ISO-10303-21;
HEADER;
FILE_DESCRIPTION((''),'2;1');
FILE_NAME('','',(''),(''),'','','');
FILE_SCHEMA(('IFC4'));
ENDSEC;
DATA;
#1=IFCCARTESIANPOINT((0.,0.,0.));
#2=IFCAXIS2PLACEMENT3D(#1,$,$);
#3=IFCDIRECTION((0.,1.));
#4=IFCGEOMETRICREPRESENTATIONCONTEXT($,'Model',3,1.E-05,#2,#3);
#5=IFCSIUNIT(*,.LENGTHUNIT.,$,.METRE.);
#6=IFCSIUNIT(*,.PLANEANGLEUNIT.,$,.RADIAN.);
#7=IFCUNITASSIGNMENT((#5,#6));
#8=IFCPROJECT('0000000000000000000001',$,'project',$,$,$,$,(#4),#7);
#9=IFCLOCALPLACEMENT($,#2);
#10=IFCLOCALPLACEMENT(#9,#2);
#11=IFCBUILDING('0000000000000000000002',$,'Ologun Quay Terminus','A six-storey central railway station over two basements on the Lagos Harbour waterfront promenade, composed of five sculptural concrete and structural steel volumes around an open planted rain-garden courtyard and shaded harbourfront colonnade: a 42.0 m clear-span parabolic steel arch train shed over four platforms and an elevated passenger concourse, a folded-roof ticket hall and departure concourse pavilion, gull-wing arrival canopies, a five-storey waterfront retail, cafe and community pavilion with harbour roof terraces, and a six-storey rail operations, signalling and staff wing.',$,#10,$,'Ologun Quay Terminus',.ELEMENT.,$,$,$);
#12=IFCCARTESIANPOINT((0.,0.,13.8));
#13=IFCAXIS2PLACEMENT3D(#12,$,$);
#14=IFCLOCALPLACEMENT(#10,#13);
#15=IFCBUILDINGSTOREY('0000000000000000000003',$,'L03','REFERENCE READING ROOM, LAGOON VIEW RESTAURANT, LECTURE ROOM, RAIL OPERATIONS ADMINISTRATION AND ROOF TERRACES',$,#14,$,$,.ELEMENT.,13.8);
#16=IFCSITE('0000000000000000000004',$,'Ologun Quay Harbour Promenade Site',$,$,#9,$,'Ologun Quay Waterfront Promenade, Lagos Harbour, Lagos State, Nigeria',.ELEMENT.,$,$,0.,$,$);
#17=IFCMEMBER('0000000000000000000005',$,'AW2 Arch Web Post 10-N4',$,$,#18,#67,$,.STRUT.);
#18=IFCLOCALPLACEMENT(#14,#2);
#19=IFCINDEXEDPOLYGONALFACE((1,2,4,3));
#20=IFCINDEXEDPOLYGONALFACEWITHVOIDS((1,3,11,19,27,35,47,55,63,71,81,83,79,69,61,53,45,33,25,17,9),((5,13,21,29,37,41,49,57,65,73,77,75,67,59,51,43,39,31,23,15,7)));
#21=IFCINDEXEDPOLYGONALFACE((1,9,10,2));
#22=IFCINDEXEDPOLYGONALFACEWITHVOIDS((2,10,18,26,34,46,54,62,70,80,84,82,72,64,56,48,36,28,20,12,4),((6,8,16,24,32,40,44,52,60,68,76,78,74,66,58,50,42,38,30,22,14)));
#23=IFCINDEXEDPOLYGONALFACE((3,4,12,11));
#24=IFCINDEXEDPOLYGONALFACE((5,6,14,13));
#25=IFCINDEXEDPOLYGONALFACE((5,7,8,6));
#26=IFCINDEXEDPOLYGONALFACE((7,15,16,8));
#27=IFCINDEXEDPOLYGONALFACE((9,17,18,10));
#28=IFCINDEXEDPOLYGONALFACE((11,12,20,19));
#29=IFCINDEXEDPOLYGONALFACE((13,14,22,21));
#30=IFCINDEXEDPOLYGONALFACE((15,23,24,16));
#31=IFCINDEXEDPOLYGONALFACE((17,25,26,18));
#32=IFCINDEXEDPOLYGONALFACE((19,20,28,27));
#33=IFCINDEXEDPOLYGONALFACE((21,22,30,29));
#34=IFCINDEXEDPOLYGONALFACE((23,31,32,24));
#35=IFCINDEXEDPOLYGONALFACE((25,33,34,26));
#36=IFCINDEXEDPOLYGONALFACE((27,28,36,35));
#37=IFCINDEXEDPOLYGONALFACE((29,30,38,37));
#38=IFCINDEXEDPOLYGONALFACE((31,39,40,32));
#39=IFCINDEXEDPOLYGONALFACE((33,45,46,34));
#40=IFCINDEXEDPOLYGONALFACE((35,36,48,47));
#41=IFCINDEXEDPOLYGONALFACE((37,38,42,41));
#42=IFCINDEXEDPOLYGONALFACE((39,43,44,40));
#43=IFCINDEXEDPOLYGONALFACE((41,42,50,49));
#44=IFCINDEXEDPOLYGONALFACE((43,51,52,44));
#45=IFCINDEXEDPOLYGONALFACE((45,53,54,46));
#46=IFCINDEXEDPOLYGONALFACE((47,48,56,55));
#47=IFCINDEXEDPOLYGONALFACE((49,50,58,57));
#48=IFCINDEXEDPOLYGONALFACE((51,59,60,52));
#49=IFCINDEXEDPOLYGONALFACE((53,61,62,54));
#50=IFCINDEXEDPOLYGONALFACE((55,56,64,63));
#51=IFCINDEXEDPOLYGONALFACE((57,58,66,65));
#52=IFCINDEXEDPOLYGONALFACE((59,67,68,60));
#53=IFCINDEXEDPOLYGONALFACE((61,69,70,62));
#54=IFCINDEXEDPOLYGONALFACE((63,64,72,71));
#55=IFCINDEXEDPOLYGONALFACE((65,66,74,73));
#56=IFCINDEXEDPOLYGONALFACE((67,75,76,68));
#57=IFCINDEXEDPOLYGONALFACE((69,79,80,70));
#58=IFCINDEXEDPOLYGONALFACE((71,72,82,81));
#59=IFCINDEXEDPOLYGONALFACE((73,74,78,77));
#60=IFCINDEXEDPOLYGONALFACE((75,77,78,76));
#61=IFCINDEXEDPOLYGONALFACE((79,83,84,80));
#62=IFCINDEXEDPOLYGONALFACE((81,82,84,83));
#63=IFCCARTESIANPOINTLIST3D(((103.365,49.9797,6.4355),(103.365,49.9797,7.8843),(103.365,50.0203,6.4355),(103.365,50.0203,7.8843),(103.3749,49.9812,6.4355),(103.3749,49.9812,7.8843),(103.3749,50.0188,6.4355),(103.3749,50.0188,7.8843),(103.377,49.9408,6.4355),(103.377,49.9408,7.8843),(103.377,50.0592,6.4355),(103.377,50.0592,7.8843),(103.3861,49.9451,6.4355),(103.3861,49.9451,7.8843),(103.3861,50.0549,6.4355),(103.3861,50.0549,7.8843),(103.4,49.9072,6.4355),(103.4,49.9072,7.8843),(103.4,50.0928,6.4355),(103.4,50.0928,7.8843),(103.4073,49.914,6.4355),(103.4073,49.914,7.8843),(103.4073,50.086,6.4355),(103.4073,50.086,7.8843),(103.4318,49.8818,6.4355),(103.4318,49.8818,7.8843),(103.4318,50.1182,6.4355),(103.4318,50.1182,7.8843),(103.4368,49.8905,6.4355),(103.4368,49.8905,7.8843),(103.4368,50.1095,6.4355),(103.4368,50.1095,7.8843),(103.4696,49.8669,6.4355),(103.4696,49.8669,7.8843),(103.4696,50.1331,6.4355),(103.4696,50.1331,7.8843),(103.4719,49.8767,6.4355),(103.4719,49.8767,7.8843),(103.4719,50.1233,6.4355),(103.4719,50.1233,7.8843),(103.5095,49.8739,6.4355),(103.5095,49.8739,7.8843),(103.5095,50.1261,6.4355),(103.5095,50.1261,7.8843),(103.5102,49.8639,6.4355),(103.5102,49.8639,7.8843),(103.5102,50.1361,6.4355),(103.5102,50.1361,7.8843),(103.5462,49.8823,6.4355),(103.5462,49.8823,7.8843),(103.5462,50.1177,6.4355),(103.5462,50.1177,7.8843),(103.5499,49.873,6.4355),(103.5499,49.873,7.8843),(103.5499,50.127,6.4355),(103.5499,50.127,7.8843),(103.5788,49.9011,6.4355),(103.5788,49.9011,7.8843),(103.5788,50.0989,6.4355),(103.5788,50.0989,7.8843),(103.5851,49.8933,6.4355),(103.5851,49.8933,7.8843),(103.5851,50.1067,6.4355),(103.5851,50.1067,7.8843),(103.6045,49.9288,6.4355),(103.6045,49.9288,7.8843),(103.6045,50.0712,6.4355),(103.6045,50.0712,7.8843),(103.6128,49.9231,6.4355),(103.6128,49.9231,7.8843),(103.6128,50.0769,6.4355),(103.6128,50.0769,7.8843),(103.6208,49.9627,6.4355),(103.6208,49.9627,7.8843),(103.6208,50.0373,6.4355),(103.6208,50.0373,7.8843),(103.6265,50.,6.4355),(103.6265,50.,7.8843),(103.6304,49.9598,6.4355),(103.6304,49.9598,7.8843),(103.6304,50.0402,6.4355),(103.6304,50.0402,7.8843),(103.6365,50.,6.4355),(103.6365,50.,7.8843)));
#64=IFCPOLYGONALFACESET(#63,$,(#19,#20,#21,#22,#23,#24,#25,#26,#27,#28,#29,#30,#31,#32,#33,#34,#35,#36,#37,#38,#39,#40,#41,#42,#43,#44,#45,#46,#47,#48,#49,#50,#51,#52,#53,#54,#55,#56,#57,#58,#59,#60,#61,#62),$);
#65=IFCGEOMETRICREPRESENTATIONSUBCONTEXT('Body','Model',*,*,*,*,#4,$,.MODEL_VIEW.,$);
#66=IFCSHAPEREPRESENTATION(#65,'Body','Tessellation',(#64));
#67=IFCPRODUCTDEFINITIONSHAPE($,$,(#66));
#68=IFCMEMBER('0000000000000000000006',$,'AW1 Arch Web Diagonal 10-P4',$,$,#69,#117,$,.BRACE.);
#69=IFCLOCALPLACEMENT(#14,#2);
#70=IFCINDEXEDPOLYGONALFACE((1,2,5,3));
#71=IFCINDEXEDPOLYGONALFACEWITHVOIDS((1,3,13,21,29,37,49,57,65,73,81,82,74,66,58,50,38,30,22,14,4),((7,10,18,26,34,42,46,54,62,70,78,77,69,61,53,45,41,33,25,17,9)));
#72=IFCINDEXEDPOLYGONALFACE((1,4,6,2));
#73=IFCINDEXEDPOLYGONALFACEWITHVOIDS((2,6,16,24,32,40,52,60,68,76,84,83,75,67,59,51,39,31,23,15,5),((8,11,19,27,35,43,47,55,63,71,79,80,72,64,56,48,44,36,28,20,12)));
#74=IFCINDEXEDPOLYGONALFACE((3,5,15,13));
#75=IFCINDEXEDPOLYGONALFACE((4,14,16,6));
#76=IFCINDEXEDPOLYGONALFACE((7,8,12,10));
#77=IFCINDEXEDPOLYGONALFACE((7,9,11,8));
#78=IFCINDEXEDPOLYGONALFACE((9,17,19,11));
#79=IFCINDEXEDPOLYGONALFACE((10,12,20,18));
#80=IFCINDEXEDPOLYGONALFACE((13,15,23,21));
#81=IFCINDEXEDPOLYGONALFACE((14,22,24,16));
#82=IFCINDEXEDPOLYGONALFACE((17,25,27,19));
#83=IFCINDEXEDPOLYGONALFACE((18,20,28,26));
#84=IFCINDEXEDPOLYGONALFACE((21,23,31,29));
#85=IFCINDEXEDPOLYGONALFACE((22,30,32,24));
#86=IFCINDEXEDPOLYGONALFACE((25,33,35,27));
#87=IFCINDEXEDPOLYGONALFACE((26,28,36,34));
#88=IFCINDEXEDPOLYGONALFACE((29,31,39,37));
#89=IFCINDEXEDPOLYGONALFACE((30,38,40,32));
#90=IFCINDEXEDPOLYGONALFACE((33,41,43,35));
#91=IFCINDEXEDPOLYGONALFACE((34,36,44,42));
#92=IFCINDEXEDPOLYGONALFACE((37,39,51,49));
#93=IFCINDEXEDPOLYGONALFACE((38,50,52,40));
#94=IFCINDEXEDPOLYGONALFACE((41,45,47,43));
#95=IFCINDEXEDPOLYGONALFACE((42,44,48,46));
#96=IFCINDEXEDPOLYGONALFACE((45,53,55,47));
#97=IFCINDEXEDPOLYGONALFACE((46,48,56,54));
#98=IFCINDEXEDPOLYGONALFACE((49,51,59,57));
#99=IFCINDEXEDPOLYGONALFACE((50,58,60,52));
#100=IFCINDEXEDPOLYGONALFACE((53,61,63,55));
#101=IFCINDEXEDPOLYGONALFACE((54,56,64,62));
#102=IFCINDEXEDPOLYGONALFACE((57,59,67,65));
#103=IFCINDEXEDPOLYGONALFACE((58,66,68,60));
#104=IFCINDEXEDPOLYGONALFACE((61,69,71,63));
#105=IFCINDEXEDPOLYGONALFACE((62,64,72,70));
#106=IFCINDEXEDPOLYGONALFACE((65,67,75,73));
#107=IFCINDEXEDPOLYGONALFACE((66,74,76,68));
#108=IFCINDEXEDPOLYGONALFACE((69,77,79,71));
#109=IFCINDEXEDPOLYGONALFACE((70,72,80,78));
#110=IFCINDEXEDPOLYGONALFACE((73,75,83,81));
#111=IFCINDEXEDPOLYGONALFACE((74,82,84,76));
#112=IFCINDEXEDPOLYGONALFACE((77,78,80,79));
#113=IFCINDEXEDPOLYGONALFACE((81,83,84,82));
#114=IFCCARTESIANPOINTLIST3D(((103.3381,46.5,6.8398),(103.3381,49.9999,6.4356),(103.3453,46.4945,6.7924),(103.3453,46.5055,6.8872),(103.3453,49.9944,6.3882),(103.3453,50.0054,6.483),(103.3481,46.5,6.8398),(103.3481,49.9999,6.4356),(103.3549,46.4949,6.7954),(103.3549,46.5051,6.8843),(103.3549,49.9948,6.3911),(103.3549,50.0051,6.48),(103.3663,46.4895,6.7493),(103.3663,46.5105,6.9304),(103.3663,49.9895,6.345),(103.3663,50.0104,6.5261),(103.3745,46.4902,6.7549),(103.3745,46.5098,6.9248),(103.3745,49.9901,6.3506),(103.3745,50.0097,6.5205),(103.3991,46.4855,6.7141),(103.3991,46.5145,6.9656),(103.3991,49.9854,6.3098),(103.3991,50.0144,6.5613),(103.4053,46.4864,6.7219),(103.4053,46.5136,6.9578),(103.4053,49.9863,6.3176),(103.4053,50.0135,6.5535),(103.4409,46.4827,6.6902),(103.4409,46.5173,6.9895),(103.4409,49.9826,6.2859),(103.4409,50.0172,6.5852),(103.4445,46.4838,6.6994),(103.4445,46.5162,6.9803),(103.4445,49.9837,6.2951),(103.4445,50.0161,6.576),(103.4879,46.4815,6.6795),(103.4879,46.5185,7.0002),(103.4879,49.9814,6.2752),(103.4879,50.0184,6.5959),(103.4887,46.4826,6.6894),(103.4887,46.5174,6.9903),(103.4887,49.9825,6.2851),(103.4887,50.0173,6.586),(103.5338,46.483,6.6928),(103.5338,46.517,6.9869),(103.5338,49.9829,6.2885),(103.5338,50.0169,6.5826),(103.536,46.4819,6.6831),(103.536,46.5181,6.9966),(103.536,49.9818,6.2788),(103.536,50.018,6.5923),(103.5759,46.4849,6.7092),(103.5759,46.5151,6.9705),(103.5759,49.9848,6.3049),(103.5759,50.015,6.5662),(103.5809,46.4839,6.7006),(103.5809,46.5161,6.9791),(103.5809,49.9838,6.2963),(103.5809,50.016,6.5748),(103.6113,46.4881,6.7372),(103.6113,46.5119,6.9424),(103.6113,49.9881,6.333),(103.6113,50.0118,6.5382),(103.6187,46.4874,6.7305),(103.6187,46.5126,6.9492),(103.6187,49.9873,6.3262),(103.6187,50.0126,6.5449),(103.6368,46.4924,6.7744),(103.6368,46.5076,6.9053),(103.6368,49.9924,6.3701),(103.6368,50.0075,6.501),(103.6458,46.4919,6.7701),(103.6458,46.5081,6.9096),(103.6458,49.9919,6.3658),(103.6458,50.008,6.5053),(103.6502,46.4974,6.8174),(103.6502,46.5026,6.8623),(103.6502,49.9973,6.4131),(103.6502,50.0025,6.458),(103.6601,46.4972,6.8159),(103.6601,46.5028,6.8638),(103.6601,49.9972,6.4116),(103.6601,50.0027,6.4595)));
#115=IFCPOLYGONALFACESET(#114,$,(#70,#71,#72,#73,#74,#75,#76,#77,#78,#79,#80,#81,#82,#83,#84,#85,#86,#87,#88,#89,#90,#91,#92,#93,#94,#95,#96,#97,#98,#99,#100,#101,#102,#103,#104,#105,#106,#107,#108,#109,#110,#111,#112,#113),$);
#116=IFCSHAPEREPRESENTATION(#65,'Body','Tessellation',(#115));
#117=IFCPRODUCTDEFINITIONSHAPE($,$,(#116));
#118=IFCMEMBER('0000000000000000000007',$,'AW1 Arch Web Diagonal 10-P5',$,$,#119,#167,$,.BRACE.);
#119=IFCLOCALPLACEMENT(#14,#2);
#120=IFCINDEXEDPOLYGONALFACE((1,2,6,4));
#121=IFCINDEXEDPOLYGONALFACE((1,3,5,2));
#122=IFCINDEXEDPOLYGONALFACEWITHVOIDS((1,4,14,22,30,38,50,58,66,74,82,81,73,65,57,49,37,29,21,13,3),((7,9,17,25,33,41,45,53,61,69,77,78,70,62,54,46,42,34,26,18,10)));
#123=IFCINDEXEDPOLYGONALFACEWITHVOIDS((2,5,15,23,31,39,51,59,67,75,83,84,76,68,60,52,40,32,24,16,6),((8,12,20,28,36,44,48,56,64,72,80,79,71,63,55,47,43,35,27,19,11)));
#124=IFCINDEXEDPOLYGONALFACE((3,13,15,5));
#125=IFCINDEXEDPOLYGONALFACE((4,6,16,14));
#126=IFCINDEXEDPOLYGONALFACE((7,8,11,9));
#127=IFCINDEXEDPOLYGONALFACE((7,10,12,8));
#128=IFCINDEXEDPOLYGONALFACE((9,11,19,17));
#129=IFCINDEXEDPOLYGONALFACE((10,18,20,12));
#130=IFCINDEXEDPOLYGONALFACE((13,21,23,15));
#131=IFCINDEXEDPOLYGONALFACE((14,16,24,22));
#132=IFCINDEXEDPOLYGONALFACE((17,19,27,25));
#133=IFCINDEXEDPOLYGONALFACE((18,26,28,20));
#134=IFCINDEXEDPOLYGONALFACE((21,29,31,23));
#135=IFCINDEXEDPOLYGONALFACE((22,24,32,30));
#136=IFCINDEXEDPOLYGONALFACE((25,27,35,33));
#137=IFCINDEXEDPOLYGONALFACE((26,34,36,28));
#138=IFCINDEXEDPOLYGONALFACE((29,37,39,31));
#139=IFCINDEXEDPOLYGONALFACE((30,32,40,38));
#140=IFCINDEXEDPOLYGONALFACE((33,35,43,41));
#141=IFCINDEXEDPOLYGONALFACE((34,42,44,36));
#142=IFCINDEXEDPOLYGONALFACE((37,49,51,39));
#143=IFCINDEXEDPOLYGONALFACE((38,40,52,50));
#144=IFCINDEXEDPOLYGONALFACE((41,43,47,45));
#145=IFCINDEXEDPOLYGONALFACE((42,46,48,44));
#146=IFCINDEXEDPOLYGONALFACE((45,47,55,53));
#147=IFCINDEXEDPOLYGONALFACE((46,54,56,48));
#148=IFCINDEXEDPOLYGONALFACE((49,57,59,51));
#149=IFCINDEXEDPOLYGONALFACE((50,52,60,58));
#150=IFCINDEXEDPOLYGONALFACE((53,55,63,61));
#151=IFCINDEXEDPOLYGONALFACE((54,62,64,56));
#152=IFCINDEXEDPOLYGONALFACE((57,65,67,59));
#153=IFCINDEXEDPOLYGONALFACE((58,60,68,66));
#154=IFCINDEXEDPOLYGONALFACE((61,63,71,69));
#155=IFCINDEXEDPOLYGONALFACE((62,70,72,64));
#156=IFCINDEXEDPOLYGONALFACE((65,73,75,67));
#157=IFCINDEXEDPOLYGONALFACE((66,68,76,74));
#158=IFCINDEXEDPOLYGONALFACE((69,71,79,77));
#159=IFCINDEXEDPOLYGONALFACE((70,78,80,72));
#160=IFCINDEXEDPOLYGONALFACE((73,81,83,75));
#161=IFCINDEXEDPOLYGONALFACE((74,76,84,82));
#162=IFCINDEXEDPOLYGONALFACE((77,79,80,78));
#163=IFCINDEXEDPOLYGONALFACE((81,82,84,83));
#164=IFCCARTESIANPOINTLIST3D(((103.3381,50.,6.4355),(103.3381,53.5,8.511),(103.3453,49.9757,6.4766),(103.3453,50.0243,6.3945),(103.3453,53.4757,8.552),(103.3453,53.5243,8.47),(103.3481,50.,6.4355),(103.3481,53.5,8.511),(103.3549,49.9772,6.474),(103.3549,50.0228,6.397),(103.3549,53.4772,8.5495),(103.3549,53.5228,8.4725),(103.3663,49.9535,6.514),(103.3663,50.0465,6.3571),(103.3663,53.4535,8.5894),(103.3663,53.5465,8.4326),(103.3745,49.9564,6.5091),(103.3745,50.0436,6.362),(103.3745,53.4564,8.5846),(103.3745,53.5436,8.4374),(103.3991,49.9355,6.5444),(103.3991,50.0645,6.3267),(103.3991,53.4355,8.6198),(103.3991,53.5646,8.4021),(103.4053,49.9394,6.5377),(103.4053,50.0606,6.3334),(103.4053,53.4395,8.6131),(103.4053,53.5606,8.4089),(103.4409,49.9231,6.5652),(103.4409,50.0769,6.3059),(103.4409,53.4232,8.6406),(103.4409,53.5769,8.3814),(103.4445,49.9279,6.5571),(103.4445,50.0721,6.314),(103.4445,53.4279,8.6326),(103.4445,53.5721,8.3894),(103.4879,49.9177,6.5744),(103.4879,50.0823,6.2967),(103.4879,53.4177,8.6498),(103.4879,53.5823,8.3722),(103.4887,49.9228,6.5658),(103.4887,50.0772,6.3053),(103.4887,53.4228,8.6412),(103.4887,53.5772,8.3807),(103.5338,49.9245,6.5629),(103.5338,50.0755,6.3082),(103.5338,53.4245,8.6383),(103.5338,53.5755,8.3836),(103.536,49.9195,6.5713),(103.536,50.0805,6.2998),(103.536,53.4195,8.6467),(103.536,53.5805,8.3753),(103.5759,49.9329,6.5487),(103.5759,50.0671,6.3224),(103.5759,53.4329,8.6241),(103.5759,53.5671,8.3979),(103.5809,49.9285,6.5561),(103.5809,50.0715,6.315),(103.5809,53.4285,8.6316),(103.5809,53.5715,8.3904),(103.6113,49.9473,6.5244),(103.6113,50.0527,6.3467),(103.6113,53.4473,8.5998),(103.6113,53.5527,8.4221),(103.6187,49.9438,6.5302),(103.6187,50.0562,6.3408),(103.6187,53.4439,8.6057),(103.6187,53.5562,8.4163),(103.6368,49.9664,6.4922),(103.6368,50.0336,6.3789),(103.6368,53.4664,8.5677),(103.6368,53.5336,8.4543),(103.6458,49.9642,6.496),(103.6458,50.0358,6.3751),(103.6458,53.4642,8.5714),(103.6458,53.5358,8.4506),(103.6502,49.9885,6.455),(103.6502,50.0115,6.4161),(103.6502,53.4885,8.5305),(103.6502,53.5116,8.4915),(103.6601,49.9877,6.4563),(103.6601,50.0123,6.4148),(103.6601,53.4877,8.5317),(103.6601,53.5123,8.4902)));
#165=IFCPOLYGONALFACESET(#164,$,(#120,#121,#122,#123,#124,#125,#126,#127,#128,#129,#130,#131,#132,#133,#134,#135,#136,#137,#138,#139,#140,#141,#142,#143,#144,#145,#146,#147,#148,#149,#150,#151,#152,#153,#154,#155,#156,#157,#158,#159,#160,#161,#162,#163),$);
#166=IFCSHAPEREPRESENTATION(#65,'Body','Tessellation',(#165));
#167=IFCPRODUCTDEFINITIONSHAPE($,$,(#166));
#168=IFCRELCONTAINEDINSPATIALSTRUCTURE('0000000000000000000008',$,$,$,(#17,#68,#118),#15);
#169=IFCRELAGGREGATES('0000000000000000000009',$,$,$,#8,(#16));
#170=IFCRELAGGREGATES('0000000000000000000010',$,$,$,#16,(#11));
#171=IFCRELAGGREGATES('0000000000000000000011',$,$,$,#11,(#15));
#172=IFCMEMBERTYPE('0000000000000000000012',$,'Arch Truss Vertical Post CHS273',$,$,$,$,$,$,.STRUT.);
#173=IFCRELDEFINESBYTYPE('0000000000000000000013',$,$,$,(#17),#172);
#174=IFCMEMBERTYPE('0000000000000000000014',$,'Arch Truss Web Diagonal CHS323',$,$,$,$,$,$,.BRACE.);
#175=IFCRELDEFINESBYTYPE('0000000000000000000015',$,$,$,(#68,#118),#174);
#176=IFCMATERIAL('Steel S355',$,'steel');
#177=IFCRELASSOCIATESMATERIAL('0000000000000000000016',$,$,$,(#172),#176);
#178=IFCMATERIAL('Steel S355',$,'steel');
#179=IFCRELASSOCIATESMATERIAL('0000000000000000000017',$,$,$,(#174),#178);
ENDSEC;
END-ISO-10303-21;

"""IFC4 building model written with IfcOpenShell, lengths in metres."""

from ifc_helpers import new_model, si_unit, direction, frame, origin, origin_2d, place, context, subcontext, project, spatial, hollow_circle, extrude, material, material_profile, profile_set, type_object, element, save


model = new_model("IFC4")

# Units and contexts
model_context = context("Model", 3, precision=1e-05, world=origin(), true_north=direction((0.0, 1.0)))
body_context = subcontext(model_context, "Body", "Model", "MODEL_VIEW")
ifc_project = project(units=[si_unit("LENGTHUNIT", "METRE"), si_unit("PLANEANGLEUNIT", "RADIAN")], contexts=[model_context])

# Site, building, storey
site_placement = place(None, origin())
site = spatial("IfcSite", under=ifc_project, at=site_placement, Name="Ologun Quay Harbour Promenade Site", LongName="Ologun Quay Waterfront Promenade, Lagos Harbour, Lagos State, Nigeria", CompositionType="ELEMENT", RefElevation=0.0)
building_placement = place(site_placement, origin())
building = spatial("IfcBuilding", under=site, at=building_placement, Name="Ologun Quay Terminus", Description="A six-storey central railway station over two basements on the Lagos Harbour waterfront promenade, composed of five sculptural concrete and structural steel volumes around an open planted rain-garden courtyard and shaded harbourfront colonnade: a 42.0 m clear-span parabolic steel arch train shed over four platforms and an elevated passenger concourse, a folded-roof ticket hall and departure concourse pavilion, gull-wing arrival canopies, a five-storey waterfront retail, cafe and community pavilion with harbour roof terraces, and a six-storey rail operations, signalling and staff wing.", LongName="Ologun Quay Terminus", CompositionType="ELEMENT")
storey_placement = place(building_placement, frame((0.0, 0.0, 13.8)))
storey = spatial("IfcBuildingStorey", under=building, at=storey_placement, Name="L03", Description="REFERENCE READING ROOM, LAGOON VIEW RESTAURANT, LECTURE ROOM, RAIL OPERATIONS ADMINISTRATION AND ROOF TERRACES", CompositionType="ELEMENT", Elevation=13.8)

# Members
ifc_material_1 = material(Name="Steel S355", Category="steel")
ifc_material_profile_1 = material_profile(ifc_material_1, hollow_circle(Radius=0.1365, WallThickness=0.01, at=origin_2d()), Name="CHS 273x10")
ifc_profile_set_1 = profile_set([ifc_material_profile_1], Name="Steel S355")
member_type_1 = type_object("IfcMemberType", Name="Arch Truss Vertical Post CHS273", PredefinedType="STRUT", material=ifc_profile_set_1)
member_1_placement = place(storey_placement, frame((103.5, 50.0, 6.4355), z_axis=(0.0, 0.0, 1.0), x_axis=(1.0, 0.0, 0.0)))
element("IfcMember", 1, at=member_1_placement, inside=storey, type_object=member_type_1, Name="AW2 Arch Web Post 10-N4", PredefinedType="STRUT", context=body_context, shape_type="SweptSolid", body=[
    extrude(hollow_circle(Radius=0.1365, WallThickness=0.01, at=origin_2d()), origin(), (0.0, 0.0, 1.0), 1.4487),
])
ifc_material_2 = material(Name="Steel S355", Category="steel")
ifc_material_profile_2 = material_profile(ifc_material_2, hollow_circle(Radius=0.1619, WallThickness=0.01, at=origin_2d()), Name="CHS 323.9x10")
ifc_profile_set_2 = profile_set([ifc_material_profile_2], Name="Steel S355")
member_type_2 = type_object("IfcMemberType", Name="Arch Truss Web Diagonal CHS323", PredefinedType="BRACE", material=ifc_profile_set_2)
member_2_placement = place(storey_placement, frame((103.5, 46.5, 6.8398), z_axis=(0.0, 0.993394, -0.11475), x_axis=(-1.0, 0.0, 0.0)))
element("IfcMember", 2, at=member_2_placement, inside=storey, type_object=member_type_2, Name="AW1 Arch Web Diagonal 10-P4", PredefinedType="BRACE", context=body_context, shape_type="SweptSolid", body=[
    extrude(hollow_circle(Radius=0.1619, WallThickness=0.01, at=origin_2d()), origin(), (0.0, 0.0, 1.0), 3.5232),
])
member_3_placement = place(storey_placement, frame((103.5, 50.0, 6.4355), z_axis=(0.0, 0.860144, 0.510051), x_axis=(-1.0, 0.0, 0.0)))
element("IfcMember", 3, at=member_3_placement, inside=storey, type_object=member_type_2, Name="AW1 Arch Web Diagonal 10-P5", PredefinedType="BRACE", context=body_context, shape_type="SweptSolid", body=[
    extrude(hollow_circle(Radius=0.1619, WallThickness=0.01, at=origin_2d()), origin(), (0.0, 0.0, 1.0), 4.0691),
])

save(model, "model.ifc")
